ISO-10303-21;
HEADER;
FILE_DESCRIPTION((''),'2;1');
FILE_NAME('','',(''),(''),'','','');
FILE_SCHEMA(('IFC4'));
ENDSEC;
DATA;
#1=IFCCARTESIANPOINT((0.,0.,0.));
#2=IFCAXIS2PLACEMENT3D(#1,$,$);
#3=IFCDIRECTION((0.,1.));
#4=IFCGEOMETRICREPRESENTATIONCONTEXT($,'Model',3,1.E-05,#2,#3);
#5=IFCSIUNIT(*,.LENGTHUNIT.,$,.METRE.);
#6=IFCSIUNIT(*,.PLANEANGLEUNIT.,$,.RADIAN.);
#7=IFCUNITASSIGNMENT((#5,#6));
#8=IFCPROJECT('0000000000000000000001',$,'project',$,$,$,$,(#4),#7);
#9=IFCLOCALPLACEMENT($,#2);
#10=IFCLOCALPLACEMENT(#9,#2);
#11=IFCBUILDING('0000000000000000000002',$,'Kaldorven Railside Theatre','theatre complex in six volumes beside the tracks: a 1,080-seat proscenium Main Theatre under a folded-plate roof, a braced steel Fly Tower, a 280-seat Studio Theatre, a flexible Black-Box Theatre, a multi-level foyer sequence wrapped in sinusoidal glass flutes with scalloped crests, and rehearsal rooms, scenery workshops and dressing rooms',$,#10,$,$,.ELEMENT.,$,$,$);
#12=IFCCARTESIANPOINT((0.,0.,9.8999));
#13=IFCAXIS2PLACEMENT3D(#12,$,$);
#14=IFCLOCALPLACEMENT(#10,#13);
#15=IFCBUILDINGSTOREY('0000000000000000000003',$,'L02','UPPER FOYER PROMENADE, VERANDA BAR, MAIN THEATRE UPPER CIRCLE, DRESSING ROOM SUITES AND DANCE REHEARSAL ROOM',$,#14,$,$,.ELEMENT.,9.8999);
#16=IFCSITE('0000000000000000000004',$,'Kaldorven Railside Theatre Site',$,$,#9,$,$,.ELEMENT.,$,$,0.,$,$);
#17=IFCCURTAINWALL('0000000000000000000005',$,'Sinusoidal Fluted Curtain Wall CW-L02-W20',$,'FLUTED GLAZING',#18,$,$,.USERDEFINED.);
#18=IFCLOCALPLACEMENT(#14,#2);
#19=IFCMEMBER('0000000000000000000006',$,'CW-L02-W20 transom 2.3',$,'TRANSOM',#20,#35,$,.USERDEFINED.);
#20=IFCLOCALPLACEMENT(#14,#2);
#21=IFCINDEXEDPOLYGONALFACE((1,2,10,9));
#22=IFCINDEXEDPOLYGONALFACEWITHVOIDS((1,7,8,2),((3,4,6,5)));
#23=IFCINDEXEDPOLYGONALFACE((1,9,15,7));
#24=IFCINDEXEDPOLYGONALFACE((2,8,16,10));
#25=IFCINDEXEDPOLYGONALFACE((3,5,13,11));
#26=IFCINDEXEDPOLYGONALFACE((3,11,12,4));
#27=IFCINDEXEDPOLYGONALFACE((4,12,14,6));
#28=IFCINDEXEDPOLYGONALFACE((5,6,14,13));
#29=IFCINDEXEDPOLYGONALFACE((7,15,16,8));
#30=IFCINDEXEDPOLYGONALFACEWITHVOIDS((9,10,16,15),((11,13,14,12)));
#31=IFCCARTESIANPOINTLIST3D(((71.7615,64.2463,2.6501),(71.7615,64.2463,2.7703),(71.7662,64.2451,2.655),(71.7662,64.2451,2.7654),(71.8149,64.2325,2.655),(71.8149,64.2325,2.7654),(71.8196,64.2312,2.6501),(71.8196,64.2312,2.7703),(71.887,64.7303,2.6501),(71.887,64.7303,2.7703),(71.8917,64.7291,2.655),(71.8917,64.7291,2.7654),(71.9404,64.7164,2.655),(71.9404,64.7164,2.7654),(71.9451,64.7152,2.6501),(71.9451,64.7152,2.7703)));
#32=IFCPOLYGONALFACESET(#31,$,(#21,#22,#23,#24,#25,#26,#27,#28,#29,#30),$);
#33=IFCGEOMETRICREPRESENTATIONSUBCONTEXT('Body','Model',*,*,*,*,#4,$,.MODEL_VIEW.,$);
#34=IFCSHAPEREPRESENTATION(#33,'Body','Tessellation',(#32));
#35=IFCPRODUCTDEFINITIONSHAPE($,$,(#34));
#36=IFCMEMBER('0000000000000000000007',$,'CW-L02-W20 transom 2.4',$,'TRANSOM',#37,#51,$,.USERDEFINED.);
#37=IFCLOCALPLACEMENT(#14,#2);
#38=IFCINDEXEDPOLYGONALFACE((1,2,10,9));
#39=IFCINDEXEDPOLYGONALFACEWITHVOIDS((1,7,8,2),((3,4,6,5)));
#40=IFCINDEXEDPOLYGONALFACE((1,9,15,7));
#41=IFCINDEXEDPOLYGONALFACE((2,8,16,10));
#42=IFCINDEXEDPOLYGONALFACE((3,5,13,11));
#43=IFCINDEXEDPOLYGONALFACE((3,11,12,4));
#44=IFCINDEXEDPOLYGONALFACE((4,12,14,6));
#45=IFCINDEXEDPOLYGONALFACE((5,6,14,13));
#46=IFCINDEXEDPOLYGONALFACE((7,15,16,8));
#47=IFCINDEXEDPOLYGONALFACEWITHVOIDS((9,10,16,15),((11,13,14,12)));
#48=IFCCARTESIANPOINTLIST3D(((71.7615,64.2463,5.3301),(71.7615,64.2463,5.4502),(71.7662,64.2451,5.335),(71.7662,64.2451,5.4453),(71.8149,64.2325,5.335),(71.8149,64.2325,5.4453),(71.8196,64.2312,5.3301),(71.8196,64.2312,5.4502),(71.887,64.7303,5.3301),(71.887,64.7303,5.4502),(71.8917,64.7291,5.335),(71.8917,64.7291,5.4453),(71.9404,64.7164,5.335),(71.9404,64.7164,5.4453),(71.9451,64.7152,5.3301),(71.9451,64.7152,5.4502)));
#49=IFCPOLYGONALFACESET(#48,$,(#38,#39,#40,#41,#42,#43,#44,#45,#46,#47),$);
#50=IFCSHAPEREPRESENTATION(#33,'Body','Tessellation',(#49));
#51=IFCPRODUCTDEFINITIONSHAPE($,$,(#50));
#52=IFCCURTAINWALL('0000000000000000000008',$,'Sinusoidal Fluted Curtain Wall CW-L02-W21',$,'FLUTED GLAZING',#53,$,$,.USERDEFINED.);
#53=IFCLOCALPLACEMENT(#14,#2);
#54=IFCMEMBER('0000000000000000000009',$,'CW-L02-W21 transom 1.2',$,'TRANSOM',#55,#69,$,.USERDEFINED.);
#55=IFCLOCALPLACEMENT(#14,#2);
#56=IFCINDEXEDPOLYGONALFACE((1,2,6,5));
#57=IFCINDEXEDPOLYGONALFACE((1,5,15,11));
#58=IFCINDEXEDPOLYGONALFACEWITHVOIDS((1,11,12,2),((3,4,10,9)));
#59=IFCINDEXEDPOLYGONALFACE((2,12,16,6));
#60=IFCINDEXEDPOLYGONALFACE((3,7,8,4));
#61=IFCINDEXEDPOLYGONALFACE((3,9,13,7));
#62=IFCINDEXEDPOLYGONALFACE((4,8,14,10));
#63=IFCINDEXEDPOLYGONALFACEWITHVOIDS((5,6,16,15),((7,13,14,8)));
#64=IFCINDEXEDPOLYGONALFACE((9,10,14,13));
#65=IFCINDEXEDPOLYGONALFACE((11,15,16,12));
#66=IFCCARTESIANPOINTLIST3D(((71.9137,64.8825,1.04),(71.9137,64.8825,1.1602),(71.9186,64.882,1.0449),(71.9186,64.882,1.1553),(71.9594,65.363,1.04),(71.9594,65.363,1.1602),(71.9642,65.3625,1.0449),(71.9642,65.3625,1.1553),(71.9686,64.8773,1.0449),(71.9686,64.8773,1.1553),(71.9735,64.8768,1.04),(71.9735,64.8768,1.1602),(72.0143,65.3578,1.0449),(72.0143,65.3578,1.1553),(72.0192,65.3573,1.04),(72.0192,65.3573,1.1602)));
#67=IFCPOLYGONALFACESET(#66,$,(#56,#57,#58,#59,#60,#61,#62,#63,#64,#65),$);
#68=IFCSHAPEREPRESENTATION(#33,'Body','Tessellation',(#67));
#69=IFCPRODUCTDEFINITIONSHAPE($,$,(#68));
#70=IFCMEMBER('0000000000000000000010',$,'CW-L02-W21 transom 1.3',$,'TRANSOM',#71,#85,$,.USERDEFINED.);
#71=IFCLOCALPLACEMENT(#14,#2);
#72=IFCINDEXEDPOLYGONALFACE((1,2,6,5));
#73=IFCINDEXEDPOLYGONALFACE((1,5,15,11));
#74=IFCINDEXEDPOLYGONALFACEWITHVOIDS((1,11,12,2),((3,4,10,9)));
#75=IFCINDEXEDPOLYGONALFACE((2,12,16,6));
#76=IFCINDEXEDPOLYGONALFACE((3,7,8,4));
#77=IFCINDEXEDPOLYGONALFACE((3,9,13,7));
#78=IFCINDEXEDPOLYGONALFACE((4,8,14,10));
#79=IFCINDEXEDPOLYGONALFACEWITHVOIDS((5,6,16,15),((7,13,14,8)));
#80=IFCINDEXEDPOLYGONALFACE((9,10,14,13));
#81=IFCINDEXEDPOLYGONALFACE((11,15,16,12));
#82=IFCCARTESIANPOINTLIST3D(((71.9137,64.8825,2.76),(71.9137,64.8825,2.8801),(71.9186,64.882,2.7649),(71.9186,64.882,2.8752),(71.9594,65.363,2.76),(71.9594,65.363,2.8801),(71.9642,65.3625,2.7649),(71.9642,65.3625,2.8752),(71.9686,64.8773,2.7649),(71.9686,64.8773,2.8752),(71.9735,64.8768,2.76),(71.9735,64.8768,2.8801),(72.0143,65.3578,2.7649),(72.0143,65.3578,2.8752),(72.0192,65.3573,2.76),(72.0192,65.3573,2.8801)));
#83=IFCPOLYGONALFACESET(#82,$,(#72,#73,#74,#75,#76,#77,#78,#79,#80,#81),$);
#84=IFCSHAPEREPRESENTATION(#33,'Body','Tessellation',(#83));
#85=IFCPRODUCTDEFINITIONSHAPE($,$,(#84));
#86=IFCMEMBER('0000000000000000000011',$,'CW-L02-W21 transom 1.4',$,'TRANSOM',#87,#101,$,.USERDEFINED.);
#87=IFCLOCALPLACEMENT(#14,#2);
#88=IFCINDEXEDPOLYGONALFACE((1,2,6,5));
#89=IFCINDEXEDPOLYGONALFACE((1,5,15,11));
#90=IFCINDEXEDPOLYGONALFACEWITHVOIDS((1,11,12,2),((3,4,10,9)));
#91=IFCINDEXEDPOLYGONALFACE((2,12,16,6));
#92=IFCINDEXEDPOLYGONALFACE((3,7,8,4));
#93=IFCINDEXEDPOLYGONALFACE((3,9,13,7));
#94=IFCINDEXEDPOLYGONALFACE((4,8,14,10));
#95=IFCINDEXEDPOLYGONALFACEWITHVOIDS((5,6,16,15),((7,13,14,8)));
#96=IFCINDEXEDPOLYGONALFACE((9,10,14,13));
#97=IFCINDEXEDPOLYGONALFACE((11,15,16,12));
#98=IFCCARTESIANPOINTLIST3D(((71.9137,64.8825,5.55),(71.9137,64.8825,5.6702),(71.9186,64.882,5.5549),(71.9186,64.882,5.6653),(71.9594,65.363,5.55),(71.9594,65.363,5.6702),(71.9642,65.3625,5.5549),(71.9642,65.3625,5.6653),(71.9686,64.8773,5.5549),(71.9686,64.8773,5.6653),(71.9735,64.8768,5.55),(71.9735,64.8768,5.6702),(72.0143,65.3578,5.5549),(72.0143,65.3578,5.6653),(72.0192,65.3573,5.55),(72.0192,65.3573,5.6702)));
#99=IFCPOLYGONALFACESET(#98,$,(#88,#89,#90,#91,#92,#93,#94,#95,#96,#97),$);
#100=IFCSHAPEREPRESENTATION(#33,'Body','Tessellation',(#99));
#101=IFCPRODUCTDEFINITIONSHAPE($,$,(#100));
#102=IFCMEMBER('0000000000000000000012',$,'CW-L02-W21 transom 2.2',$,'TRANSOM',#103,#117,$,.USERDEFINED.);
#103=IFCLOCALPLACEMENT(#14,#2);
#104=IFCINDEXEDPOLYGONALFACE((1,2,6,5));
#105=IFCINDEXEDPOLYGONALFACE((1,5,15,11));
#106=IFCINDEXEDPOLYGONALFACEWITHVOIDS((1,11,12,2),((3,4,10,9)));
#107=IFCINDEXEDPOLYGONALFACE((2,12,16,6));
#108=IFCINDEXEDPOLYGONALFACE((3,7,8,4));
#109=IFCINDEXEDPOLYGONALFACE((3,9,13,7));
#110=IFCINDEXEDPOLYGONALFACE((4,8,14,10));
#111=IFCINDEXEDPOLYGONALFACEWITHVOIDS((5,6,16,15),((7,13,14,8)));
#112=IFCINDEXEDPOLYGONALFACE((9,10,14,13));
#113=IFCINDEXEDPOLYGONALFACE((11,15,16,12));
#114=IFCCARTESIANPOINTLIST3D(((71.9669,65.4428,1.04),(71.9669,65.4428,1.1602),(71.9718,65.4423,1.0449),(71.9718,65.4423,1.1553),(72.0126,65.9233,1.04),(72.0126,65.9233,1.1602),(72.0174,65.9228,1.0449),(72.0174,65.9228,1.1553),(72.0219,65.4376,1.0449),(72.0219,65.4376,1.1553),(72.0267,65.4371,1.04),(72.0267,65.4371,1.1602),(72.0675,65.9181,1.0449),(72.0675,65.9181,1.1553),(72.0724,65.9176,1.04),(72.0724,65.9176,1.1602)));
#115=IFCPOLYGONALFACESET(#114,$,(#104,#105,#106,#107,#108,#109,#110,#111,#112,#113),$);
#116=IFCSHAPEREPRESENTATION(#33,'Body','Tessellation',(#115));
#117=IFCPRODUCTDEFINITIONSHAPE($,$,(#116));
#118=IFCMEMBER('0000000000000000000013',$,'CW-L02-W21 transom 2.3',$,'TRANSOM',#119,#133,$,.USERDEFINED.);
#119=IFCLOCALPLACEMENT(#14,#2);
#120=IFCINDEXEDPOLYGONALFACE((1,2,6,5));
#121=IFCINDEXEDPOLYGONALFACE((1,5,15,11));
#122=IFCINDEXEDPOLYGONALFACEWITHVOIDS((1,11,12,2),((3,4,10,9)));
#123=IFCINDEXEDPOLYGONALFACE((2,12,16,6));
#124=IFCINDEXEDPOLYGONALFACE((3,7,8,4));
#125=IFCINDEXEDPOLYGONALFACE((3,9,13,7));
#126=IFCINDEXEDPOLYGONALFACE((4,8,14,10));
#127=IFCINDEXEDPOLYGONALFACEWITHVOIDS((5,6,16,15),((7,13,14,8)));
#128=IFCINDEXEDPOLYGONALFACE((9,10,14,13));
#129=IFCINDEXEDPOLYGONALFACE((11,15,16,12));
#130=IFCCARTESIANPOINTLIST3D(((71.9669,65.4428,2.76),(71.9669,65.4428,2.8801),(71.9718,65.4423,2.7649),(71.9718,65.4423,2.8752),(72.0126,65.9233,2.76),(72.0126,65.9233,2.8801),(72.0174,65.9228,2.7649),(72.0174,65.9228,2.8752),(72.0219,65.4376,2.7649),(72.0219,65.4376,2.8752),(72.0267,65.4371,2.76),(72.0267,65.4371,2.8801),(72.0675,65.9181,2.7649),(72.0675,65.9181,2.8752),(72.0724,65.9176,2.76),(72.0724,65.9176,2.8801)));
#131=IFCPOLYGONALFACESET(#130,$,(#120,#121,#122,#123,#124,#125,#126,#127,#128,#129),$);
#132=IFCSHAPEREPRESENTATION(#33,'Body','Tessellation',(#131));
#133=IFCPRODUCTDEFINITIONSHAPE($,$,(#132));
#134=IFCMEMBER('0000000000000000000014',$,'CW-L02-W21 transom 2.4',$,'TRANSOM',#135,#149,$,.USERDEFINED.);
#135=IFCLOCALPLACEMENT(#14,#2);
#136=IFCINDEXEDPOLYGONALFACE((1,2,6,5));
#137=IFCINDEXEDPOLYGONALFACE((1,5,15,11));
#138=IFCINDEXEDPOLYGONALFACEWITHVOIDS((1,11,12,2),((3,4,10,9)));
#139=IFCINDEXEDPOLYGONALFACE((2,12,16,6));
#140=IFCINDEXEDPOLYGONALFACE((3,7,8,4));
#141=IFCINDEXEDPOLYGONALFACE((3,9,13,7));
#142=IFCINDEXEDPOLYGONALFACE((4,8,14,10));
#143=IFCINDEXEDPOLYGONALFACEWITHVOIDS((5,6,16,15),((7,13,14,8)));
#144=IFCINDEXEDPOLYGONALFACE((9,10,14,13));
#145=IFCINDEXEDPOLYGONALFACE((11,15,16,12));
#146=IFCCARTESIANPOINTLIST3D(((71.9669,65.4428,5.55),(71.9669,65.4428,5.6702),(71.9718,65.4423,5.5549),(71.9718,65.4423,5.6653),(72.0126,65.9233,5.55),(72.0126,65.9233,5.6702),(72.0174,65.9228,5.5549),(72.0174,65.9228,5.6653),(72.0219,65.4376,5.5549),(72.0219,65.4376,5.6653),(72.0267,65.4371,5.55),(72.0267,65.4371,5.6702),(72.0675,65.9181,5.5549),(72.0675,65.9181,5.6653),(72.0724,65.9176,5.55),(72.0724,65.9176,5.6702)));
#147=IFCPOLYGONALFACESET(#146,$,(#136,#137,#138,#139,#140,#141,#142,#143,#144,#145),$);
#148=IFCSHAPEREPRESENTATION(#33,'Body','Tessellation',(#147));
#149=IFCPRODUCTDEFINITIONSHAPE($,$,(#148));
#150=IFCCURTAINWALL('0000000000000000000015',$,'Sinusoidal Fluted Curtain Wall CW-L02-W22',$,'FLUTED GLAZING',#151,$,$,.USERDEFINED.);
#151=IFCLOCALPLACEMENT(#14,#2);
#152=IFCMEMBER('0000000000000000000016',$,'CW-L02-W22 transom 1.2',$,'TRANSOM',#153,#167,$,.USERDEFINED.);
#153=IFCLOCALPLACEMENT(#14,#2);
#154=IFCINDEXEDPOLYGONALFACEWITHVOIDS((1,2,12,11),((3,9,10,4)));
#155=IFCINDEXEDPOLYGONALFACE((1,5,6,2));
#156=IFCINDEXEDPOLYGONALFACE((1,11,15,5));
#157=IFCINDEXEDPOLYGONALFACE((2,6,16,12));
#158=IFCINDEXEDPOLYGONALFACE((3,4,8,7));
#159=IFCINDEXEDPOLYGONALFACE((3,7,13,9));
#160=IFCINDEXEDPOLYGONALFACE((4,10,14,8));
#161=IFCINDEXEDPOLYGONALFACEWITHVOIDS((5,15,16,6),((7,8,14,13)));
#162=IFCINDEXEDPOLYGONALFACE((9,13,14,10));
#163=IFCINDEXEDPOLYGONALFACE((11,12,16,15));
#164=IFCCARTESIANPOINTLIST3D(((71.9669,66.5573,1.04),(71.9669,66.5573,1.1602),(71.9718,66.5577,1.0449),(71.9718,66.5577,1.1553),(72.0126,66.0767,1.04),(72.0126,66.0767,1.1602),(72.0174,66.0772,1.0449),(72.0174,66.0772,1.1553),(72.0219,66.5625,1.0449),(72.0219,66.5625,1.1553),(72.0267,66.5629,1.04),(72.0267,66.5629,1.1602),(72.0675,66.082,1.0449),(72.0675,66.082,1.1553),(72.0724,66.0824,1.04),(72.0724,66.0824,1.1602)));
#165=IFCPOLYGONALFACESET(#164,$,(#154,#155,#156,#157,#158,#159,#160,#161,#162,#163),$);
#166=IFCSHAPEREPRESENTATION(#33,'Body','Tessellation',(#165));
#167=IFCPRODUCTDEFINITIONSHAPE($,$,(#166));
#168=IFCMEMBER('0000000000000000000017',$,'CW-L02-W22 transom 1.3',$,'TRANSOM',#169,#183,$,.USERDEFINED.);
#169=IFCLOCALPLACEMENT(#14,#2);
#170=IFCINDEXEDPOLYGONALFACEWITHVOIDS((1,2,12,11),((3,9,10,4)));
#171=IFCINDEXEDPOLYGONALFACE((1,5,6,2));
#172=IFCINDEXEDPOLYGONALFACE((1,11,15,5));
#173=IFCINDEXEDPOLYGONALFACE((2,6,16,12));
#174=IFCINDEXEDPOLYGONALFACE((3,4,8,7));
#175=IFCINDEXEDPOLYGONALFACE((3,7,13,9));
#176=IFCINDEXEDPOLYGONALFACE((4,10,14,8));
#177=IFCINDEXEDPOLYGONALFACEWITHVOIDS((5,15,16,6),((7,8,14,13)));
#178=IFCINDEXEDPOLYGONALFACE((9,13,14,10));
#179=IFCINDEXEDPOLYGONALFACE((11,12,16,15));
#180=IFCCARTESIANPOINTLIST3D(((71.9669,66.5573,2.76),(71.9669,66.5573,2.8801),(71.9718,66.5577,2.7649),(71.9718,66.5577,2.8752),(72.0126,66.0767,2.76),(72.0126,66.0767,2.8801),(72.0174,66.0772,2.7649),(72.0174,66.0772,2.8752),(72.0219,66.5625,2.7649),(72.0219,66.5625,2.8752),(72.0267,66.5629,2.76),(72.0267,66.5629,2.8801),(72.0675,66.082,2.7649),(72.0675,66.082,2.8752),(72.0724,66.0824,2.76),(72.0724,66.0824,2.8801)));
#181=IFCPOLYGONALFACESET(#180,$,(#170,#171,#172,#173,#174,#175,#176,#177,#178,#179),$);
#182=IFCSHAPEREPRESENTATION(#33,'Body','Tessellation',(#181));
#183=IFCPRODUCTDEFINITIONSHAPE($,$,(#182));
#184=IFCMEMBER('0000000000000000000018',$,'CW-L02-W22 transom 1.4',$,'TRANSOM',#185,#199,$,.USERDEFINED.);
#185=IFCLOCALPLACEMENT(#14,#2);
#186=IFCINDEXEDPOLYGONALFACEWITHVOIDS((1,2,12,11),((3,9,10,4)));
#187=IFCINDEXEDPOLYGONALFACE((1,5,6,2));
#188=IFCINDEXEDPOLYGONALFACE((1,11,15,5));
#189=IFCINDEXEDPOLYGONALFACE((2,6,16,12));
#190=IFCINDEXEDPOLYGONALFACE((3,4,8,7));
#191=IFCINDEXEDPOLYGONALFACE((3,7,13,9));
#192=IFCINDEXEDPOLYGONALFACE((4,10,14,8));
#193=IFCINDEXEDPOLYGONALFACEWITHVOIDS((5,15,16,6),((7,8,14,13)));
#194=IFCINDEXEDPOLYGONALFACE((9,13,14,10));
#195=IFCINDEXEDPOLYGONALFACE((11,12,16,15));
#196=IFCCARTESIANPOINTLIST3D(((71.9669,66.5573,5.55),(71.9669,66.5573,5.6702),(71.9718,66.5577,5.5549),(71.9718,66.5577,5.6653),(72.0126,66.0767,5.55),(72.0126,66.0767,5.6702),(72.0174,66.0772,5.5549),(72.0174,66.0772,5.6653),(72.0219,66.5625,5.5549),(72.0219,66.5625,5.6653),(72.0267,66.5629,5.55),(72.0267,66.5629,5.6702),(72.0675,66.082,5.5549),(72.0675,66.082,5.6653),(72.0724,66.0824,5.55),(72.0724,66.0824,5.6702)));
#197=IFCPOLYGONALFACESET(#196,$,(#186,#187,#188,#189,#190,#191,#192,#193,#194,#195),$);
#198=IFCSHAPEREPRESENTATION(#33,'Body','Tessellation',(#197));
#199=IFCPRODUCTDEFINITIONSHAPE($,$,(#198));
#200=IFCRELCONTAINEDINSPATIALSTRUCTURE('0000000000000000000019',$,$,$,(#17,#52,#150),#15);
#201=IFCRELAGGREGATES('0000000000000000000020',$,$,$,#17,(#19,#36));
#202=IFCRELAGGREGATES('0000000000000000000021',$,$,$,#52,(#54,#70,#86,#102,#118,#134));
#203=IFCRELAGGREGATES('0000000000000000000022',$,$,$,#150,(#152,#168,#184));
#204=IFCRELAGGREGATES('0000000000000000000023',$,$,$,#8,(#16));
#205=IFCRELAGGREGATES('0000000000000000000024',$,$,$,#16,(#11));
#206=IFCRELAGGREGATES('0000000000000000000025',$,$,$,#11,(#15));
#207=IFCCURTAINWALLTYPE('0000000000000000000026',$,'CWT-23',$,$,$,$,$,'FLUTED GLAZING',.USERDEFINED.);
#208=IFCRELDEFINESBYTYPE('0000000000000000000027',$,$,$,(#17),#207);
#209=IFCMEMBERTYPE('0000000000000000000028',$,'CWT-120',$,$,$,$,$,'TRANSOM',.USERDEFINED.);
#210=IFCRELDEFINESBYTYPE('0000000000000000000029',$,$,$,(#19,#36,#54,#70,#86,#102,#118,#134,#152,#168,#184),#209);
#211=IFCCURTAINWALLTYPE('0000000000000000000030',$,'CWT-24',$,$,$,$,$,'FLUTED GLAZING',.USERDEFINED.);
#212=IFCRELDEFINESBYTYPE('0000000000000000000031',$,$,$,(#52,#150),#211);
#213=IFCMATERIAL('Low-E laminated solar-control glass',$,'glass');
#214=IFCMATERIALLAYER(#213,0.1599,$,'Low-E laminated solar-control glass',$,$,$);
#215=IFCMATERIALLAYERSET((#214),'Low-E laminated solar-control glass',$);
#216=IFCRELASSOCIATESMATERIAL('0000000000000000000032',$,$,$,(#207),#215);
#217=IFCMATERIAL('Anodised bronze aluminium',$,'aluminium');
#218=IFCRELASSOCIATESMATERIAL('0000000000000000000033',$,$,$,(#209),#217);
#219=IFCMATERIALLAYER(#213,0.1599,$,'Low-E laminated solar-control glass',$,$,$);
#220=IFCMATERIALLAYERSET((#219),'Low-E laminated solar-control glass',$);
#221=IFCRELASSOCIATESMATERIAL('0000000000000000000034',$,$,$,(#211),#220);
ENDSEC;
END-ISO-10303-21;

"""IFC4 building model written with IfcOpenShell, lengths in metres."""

from ifc_helpers import new_model, si_unit, direction, frame, origin, origin_2d, place, context, subcontext, project, spatial, hollow_rectangle, extrude, material, layer, layer_set, material_profile, profile_set, type_object, element, aggregate, save


model = new_model("IFC4")

# Units and contexts
model_context = context("Model", 3, precision=1e-05, world=origin(), true_north=direction((0.0, 1.0)))
body_context = subcontext(model_context, "Body", "Model", "MODEL_VIEW")
ifc_project = project(units=[si_unit("LENGTHUNIT", "METRE"), si_unit("PLANEANGLEUNIT", "RADIAN")], contexts=[model_context])

# Site, building, storey
site_placement = place(None, origin())
site = spatial("IfcSite", under=ifc_project, at=site_placement, Name="Kaldorven Railside Theatre Site", CompositionType="ELEMENT", RefElevation=0.0)
building_placement = place(site_placement, origin())
building = spatial("IfcBuilding", under=site, at=building_placement, Name="Kaldorven Railside Theatre", Description="theatre complex in six volumes beside the tracks: a 1,080-seat proscenium Main Theatre under a folded-plate roof, a braced steel Fly Tower, a 280-seat Studio Theatre, a flexible Black-Box Theatre, a multi-level foyer sequence wrapped in sinusoidal glass flutes with scalloped crests, and rehearsal rooms, scenery workshops and dressing rooms", CompositionType="ELEMENT")
storey_placement = place(building_placement, frame((0.0, 0.0, 9.8999)))
storey = spatial("IfcBuildingStorey", under=building, at=storey_placement, Name="L02", Description="UPPER FOYER PROMENADE, VERANDA BAR, MAIN THEATRE UPPER CIRCLE, DRESSING ROOM SUITES AND DANCE REHEARSAL ROOM", CompositionType="ELEMENT", Elevation=9.8999)

# Curtain walls, members
ifc_material_1 = material(Name="Low-E laminated solar-control glass", Category="glass")
ifc_layer_1 = layer(ifc_material_1, 0.1599, Name="Low-E laminated solar-control glass")
ifc_layer_set_1 = layer_set([ifc_layer_1], Name="Low-E laminated solar-control glass")
curtain_wall_type_1 = type_object("IfcCurtainWallType", Name="CWT-23", ElementType="FLUTED GLAZING", PredefinedType="USERDEFINED", material=ifc_layer_set_1)
curtain_wall_1_placement = place(storey_placement, origin())
curtain_wall_1 = element("IfcCurtainWall", 1, at=curtain_wall_1_placement, inside=storey, type_object=curtain_wall_type_1, Name="Sinusoidal Fluted Curtain Wall CW-L02-W20", ObjectType="FLUTED GLAZING", PredefinedType="USERDEFINED")
ifc_material_2 = material(Name="Anodised bronze aluminium", Category="aluminium")
ifc_material_profile = material_profile(ifc_material_2, hollow_rectangle(XDim=0.0601, YDim=0.1201, WallThickness=0.0049, at=origin_2d()), Name="RHS 120x60x5")
ifc_profile_set = profile_set([ifc_material_profile], Name="Anodised bronze aluminium")
member_type = type_object("IfcMemberType", Name="CWT-120", ElementType="TRANSOM", PredefinedType="USERDEFINED", material=ifc_profile_set)
member_1_placement = place(storey_placement, frame((71.7905, 64.2388, 2.7102), z_axis=(0.25103, 0.967979, 0.0), x_axis=(-0.967979, 0.25103, 0.0)))
member_1 = element("IfcMember", 2, at=member_1_placement, type_object=member_type, Name="CW-L02-W20 transom 2.3", ObjectType="TRANSOM", PredefinedType="USERDEFINED", context=body_context, shape_type="SweptSolid", body=[
    extrude(hollow_rectangle(XDim=0.0601, YDim=0.1201, WallThickness=0.0049, at=origin_2d()), origin(), (0.0, 0.0, 1.0), 0.5),
])
member_2_placement = place(storey_placement, frame((71.7905, 64.2388, 5.3901), z_axis=(0.25103, 0.967979, 0.0), x_axis=(-0.967979, 0.25103, 0.0)))
member_2 = element("IfcMember", 3, at=member_2_placement, type_object=member_type, Name="CW-L02-W20 transom 2.4", ObjectType="TRANSOM", PredefinedType="USERDEFINED", context=body_context, shape_type="SweptSolid", body=[
    extrude(hollow_rectangle(XDim=0.0601, YDim=0.1201, WallThickness=0.0049, at=origin_2d()), origin(), (0.0, 0.0, 1.0), 0.5),
])
ifc_layer_2 = layer(ifc_material_1, 0.1599, Name="Low-E laminated solar-control glass")
ifc_layer_set_2 = layer_set([ifc_layer_2], Name="Low-E laminated solar-control glass")
curtain_wall_type_2 = type_object("IfcCurtainWallType", Name="CWT-24", ElementType="FLUTED GLAZING", PredefinedType="USERDEFINED", material=ifc_layer_set_2)
curtain_wall_2_placement = place(storey_placement, origin())
curtain_wall_2 = element("IfcCurtainWall", 4, at=curtain_wall_2_placement, inside=storey, type_object=curtain_wall_type_2, Name="Sinusoidal Fluted Curtain Wall CW-L02-W21", ObjectType="FLUTED GLAZING", PredefinedType="USERDEFINED")
member_3_placement = place(storey_placement, frame((71.9436, 64.8796, 1.1001), z_axis=(0.094594, 0.995516, 0.0), x_axis=(-0.995516, 0.094594, 0.0)))
member_3 = element("IfcMember", 5, at=member_3_placement, type_object=member_type, Name="CW-L02-W21 transom 1.2", ObjectType="TRANSOM", PredefinedType="USERDEFINED", context=body_context, shape_type="SweptSolid", body=[
    extrude(hollow_rectangle(XDim=0.0601, YDim=0.1201, WallThickness=0.0049, at=origin_2d()), origin(), (0.0, 0.0, 1.0), 0.4827),
])
member_4_placement = place(storey_placement, frame((71.9436, 64.8796, 2.8201), z_axis=(0.094594, 0.995516, 0.0), x_axis=(-0.995516, 0.094594, 0.0)))
member_4 = element("IfcMember", 6, at=member_4_placement, type_object=member_type, Name="CW-L02-W21 transom 1.3", ObjectType="TRANSOM", PredefinedType="USERDEFINED", context=body_context, shape_type="SweptSolid", body=[
    extrude(hollow_rectangle(XDim=0.0601, YDim=0.1201, WallThickness=0.0049, at=origin_2d()), origin(), (0.0, 0.0, 1.0), 0.4827),
])
member_5_placement = place(storey_placement, frame((71.9436, 64.8796, 5.6101), z_axis=(0.094594, 0.995516, 0.0), x_axis=(-0.995516, 0.094594, 0.0)))
member_5 = element("IfcMember", 7, at=member_5_placement, type_object=member_type, Name="CW-L02-W21 transom 1.4", ObjectType="TRANSOM", PredefinedType="USERDEFINED", context=body_context, shape_type="SweptSolid", body=[
    extrude(hollow_rectangle(XDim=0.0601, YDim=0.1201, WallThickness=0.0049, at=origin_2d()), origin(), (0.0, 0.0, 1.0), 0.4827),
])
member_6_placement = place(storey_placement, frame((71.9968, 65.4399, 1.1001), z_axis=(0.094594, 0.995516, 0.0), x_axis=(-0.995516, 0.094594, 0.0)))
member_6 = element("IfcMember", 8, at=member_6_placement, type_object=member_type, Name="CW-L02-W21 transom 2.2", ObjectType="TRANSOM", PredefinedType="USERDEFINED", context=body_context, shape_type="SweptSolid", body=[
    extrude(hollow_rectangle(XDim=0.0601, YDim=0.1201, WallThickness=0.0049, at=origin_2d()), origin(), (0.0, 0.0, 1.0), 0.4827),
])
member_7_placement = place(storey_placement, frame((71.9968, 65.4399, 2.8201), z_axis=(0.094594, 0.995516, 0.0), x_axis=(-0.995516, 0.094594, 0.0)))
member_7 = element("IfcMember", 9, at=member_7_placement, type_object=member_type, Name="CW-L02-W21 transom 2.3", ObjectType="TRANSOM", PredefinedType="USERDEFINED", context=body_context, shape_type="SweptSolid", body=[
    extrude(hollow_rectangle(XDim=0.0601, YDim=0.1201, WallThickness=0.0049, at=origin_2d()), origin(), (0.0, 0.0, 1.0), 0.4827),
])
member_8_placement = place(storey_placement, frame((71.9968, 65.4399, 5.6101), z_axis=(0.094594, 0.995516, 0.0), x_axis=(-0.995516, 0.094594, 0.0)))
member_8 = element("IfcMember", 10, at=member_8_placement, type_object=member_type, Name="CW-L02-W21 transom 2.4", ObjectType="TRANSOM", PredefinedType="USERDEFINED", context=body_context, shape_type="SweptSolid", body=[
    extrude(hollow_rectangle(XDim=0.0601, YDim=0.1201, WallThickness=0.0049, at=origin_2d()), origin(), (0.0, 0.0, 1.0), 0.4827),
])
curtain_wall_3_placement = place(storey_placement, origin())
curtain_wall_3 = element("IfcCurtainWall", 11, at=curtain_wall_3_placement, inside=storey, type_object=curtain_wall_type_2, Name="Sinusoidal Fluted Curtain Wall CW-L02-W22", ObjectType="FLUTED GLAZING", PredefinedType="USERDEFINED")
member_9_placement = place(storey_placement, frame((72.0425, 66.0796, 1.1001), z_axis=(-0.094594, 0.995516, 0.0), x_axis=(-0.995516, -0.094594, 0.0)))
member_9 = element("IfcMember", 12, at=member_9_placement, type_object=member_type, Name="CW-L02-W22 transom 1.2", ObjectType="TRANSOM", PredefinedType="USERDEFINED", context=body_context, shape_type="SweptSolid", body=[
    extrude(hollow_rectangle(XDim=0.0601, YDim=0.1201, WallThickness=0.0049, at=origin_2d()), origin(), (0.0, 0.0, 1.0), 0.4827),
])
member_10_placement = place(storey_placement, frame((72.0425, 66.0796, 2.8201), z_axis=(-0.094594, 0.995516, 0.0), x_axis=(-0.995516, -0.094594, 0.0)))
member_10 = element("IfcMember", 13, at=member_10_placement, type_object=member_type, Name="CW-L02-W22 transom 1.3", ObjectType="TRANSOM", PredefinedType="USERDEFINED", context=body_context, shape_type="SweptSolid", body=[
    extrude(hollow_rectangle(XDim=0.0601, YDim=0.1201, WallThickness=0.0049, at=origin_2d()), origin(), (0.0, 0.0, 1.0), 0.4827),
])
member_11_placement = place(storey_placement, frame((72.0425, 66.0796, 5.6101), z_axis=(-0.094594, 0.995516, 0.0), x_axis=(-0.995516, -0.094594, 0.0)))
member_11 = element("IfcMember", 14, at=member_11_placement, type_object=member_type, Name="CW-L02-W22 transom 1.4", ObjectType="TRANSOM", PredefinedType="USERDEFINED", context=body_context, shape_type="SweptSolid", body=[
    extrude(hollow_rectangle(XDim=0.0601, YDim=0.1201, WallThickness=0.0049, at=origin_2d()), origin(), (0.0, 0.0, 1.0), 0.4827),
])

aggregate(curtain_wall_1, [member_1, member_2])
aggregate(curtain_wall_2, [member_3, member_4, member_5, member_6, member_7, member_8])
aggregate(curtain_wall_3, [member_9, member_10, member_11])

save(model, "model.ifc")
